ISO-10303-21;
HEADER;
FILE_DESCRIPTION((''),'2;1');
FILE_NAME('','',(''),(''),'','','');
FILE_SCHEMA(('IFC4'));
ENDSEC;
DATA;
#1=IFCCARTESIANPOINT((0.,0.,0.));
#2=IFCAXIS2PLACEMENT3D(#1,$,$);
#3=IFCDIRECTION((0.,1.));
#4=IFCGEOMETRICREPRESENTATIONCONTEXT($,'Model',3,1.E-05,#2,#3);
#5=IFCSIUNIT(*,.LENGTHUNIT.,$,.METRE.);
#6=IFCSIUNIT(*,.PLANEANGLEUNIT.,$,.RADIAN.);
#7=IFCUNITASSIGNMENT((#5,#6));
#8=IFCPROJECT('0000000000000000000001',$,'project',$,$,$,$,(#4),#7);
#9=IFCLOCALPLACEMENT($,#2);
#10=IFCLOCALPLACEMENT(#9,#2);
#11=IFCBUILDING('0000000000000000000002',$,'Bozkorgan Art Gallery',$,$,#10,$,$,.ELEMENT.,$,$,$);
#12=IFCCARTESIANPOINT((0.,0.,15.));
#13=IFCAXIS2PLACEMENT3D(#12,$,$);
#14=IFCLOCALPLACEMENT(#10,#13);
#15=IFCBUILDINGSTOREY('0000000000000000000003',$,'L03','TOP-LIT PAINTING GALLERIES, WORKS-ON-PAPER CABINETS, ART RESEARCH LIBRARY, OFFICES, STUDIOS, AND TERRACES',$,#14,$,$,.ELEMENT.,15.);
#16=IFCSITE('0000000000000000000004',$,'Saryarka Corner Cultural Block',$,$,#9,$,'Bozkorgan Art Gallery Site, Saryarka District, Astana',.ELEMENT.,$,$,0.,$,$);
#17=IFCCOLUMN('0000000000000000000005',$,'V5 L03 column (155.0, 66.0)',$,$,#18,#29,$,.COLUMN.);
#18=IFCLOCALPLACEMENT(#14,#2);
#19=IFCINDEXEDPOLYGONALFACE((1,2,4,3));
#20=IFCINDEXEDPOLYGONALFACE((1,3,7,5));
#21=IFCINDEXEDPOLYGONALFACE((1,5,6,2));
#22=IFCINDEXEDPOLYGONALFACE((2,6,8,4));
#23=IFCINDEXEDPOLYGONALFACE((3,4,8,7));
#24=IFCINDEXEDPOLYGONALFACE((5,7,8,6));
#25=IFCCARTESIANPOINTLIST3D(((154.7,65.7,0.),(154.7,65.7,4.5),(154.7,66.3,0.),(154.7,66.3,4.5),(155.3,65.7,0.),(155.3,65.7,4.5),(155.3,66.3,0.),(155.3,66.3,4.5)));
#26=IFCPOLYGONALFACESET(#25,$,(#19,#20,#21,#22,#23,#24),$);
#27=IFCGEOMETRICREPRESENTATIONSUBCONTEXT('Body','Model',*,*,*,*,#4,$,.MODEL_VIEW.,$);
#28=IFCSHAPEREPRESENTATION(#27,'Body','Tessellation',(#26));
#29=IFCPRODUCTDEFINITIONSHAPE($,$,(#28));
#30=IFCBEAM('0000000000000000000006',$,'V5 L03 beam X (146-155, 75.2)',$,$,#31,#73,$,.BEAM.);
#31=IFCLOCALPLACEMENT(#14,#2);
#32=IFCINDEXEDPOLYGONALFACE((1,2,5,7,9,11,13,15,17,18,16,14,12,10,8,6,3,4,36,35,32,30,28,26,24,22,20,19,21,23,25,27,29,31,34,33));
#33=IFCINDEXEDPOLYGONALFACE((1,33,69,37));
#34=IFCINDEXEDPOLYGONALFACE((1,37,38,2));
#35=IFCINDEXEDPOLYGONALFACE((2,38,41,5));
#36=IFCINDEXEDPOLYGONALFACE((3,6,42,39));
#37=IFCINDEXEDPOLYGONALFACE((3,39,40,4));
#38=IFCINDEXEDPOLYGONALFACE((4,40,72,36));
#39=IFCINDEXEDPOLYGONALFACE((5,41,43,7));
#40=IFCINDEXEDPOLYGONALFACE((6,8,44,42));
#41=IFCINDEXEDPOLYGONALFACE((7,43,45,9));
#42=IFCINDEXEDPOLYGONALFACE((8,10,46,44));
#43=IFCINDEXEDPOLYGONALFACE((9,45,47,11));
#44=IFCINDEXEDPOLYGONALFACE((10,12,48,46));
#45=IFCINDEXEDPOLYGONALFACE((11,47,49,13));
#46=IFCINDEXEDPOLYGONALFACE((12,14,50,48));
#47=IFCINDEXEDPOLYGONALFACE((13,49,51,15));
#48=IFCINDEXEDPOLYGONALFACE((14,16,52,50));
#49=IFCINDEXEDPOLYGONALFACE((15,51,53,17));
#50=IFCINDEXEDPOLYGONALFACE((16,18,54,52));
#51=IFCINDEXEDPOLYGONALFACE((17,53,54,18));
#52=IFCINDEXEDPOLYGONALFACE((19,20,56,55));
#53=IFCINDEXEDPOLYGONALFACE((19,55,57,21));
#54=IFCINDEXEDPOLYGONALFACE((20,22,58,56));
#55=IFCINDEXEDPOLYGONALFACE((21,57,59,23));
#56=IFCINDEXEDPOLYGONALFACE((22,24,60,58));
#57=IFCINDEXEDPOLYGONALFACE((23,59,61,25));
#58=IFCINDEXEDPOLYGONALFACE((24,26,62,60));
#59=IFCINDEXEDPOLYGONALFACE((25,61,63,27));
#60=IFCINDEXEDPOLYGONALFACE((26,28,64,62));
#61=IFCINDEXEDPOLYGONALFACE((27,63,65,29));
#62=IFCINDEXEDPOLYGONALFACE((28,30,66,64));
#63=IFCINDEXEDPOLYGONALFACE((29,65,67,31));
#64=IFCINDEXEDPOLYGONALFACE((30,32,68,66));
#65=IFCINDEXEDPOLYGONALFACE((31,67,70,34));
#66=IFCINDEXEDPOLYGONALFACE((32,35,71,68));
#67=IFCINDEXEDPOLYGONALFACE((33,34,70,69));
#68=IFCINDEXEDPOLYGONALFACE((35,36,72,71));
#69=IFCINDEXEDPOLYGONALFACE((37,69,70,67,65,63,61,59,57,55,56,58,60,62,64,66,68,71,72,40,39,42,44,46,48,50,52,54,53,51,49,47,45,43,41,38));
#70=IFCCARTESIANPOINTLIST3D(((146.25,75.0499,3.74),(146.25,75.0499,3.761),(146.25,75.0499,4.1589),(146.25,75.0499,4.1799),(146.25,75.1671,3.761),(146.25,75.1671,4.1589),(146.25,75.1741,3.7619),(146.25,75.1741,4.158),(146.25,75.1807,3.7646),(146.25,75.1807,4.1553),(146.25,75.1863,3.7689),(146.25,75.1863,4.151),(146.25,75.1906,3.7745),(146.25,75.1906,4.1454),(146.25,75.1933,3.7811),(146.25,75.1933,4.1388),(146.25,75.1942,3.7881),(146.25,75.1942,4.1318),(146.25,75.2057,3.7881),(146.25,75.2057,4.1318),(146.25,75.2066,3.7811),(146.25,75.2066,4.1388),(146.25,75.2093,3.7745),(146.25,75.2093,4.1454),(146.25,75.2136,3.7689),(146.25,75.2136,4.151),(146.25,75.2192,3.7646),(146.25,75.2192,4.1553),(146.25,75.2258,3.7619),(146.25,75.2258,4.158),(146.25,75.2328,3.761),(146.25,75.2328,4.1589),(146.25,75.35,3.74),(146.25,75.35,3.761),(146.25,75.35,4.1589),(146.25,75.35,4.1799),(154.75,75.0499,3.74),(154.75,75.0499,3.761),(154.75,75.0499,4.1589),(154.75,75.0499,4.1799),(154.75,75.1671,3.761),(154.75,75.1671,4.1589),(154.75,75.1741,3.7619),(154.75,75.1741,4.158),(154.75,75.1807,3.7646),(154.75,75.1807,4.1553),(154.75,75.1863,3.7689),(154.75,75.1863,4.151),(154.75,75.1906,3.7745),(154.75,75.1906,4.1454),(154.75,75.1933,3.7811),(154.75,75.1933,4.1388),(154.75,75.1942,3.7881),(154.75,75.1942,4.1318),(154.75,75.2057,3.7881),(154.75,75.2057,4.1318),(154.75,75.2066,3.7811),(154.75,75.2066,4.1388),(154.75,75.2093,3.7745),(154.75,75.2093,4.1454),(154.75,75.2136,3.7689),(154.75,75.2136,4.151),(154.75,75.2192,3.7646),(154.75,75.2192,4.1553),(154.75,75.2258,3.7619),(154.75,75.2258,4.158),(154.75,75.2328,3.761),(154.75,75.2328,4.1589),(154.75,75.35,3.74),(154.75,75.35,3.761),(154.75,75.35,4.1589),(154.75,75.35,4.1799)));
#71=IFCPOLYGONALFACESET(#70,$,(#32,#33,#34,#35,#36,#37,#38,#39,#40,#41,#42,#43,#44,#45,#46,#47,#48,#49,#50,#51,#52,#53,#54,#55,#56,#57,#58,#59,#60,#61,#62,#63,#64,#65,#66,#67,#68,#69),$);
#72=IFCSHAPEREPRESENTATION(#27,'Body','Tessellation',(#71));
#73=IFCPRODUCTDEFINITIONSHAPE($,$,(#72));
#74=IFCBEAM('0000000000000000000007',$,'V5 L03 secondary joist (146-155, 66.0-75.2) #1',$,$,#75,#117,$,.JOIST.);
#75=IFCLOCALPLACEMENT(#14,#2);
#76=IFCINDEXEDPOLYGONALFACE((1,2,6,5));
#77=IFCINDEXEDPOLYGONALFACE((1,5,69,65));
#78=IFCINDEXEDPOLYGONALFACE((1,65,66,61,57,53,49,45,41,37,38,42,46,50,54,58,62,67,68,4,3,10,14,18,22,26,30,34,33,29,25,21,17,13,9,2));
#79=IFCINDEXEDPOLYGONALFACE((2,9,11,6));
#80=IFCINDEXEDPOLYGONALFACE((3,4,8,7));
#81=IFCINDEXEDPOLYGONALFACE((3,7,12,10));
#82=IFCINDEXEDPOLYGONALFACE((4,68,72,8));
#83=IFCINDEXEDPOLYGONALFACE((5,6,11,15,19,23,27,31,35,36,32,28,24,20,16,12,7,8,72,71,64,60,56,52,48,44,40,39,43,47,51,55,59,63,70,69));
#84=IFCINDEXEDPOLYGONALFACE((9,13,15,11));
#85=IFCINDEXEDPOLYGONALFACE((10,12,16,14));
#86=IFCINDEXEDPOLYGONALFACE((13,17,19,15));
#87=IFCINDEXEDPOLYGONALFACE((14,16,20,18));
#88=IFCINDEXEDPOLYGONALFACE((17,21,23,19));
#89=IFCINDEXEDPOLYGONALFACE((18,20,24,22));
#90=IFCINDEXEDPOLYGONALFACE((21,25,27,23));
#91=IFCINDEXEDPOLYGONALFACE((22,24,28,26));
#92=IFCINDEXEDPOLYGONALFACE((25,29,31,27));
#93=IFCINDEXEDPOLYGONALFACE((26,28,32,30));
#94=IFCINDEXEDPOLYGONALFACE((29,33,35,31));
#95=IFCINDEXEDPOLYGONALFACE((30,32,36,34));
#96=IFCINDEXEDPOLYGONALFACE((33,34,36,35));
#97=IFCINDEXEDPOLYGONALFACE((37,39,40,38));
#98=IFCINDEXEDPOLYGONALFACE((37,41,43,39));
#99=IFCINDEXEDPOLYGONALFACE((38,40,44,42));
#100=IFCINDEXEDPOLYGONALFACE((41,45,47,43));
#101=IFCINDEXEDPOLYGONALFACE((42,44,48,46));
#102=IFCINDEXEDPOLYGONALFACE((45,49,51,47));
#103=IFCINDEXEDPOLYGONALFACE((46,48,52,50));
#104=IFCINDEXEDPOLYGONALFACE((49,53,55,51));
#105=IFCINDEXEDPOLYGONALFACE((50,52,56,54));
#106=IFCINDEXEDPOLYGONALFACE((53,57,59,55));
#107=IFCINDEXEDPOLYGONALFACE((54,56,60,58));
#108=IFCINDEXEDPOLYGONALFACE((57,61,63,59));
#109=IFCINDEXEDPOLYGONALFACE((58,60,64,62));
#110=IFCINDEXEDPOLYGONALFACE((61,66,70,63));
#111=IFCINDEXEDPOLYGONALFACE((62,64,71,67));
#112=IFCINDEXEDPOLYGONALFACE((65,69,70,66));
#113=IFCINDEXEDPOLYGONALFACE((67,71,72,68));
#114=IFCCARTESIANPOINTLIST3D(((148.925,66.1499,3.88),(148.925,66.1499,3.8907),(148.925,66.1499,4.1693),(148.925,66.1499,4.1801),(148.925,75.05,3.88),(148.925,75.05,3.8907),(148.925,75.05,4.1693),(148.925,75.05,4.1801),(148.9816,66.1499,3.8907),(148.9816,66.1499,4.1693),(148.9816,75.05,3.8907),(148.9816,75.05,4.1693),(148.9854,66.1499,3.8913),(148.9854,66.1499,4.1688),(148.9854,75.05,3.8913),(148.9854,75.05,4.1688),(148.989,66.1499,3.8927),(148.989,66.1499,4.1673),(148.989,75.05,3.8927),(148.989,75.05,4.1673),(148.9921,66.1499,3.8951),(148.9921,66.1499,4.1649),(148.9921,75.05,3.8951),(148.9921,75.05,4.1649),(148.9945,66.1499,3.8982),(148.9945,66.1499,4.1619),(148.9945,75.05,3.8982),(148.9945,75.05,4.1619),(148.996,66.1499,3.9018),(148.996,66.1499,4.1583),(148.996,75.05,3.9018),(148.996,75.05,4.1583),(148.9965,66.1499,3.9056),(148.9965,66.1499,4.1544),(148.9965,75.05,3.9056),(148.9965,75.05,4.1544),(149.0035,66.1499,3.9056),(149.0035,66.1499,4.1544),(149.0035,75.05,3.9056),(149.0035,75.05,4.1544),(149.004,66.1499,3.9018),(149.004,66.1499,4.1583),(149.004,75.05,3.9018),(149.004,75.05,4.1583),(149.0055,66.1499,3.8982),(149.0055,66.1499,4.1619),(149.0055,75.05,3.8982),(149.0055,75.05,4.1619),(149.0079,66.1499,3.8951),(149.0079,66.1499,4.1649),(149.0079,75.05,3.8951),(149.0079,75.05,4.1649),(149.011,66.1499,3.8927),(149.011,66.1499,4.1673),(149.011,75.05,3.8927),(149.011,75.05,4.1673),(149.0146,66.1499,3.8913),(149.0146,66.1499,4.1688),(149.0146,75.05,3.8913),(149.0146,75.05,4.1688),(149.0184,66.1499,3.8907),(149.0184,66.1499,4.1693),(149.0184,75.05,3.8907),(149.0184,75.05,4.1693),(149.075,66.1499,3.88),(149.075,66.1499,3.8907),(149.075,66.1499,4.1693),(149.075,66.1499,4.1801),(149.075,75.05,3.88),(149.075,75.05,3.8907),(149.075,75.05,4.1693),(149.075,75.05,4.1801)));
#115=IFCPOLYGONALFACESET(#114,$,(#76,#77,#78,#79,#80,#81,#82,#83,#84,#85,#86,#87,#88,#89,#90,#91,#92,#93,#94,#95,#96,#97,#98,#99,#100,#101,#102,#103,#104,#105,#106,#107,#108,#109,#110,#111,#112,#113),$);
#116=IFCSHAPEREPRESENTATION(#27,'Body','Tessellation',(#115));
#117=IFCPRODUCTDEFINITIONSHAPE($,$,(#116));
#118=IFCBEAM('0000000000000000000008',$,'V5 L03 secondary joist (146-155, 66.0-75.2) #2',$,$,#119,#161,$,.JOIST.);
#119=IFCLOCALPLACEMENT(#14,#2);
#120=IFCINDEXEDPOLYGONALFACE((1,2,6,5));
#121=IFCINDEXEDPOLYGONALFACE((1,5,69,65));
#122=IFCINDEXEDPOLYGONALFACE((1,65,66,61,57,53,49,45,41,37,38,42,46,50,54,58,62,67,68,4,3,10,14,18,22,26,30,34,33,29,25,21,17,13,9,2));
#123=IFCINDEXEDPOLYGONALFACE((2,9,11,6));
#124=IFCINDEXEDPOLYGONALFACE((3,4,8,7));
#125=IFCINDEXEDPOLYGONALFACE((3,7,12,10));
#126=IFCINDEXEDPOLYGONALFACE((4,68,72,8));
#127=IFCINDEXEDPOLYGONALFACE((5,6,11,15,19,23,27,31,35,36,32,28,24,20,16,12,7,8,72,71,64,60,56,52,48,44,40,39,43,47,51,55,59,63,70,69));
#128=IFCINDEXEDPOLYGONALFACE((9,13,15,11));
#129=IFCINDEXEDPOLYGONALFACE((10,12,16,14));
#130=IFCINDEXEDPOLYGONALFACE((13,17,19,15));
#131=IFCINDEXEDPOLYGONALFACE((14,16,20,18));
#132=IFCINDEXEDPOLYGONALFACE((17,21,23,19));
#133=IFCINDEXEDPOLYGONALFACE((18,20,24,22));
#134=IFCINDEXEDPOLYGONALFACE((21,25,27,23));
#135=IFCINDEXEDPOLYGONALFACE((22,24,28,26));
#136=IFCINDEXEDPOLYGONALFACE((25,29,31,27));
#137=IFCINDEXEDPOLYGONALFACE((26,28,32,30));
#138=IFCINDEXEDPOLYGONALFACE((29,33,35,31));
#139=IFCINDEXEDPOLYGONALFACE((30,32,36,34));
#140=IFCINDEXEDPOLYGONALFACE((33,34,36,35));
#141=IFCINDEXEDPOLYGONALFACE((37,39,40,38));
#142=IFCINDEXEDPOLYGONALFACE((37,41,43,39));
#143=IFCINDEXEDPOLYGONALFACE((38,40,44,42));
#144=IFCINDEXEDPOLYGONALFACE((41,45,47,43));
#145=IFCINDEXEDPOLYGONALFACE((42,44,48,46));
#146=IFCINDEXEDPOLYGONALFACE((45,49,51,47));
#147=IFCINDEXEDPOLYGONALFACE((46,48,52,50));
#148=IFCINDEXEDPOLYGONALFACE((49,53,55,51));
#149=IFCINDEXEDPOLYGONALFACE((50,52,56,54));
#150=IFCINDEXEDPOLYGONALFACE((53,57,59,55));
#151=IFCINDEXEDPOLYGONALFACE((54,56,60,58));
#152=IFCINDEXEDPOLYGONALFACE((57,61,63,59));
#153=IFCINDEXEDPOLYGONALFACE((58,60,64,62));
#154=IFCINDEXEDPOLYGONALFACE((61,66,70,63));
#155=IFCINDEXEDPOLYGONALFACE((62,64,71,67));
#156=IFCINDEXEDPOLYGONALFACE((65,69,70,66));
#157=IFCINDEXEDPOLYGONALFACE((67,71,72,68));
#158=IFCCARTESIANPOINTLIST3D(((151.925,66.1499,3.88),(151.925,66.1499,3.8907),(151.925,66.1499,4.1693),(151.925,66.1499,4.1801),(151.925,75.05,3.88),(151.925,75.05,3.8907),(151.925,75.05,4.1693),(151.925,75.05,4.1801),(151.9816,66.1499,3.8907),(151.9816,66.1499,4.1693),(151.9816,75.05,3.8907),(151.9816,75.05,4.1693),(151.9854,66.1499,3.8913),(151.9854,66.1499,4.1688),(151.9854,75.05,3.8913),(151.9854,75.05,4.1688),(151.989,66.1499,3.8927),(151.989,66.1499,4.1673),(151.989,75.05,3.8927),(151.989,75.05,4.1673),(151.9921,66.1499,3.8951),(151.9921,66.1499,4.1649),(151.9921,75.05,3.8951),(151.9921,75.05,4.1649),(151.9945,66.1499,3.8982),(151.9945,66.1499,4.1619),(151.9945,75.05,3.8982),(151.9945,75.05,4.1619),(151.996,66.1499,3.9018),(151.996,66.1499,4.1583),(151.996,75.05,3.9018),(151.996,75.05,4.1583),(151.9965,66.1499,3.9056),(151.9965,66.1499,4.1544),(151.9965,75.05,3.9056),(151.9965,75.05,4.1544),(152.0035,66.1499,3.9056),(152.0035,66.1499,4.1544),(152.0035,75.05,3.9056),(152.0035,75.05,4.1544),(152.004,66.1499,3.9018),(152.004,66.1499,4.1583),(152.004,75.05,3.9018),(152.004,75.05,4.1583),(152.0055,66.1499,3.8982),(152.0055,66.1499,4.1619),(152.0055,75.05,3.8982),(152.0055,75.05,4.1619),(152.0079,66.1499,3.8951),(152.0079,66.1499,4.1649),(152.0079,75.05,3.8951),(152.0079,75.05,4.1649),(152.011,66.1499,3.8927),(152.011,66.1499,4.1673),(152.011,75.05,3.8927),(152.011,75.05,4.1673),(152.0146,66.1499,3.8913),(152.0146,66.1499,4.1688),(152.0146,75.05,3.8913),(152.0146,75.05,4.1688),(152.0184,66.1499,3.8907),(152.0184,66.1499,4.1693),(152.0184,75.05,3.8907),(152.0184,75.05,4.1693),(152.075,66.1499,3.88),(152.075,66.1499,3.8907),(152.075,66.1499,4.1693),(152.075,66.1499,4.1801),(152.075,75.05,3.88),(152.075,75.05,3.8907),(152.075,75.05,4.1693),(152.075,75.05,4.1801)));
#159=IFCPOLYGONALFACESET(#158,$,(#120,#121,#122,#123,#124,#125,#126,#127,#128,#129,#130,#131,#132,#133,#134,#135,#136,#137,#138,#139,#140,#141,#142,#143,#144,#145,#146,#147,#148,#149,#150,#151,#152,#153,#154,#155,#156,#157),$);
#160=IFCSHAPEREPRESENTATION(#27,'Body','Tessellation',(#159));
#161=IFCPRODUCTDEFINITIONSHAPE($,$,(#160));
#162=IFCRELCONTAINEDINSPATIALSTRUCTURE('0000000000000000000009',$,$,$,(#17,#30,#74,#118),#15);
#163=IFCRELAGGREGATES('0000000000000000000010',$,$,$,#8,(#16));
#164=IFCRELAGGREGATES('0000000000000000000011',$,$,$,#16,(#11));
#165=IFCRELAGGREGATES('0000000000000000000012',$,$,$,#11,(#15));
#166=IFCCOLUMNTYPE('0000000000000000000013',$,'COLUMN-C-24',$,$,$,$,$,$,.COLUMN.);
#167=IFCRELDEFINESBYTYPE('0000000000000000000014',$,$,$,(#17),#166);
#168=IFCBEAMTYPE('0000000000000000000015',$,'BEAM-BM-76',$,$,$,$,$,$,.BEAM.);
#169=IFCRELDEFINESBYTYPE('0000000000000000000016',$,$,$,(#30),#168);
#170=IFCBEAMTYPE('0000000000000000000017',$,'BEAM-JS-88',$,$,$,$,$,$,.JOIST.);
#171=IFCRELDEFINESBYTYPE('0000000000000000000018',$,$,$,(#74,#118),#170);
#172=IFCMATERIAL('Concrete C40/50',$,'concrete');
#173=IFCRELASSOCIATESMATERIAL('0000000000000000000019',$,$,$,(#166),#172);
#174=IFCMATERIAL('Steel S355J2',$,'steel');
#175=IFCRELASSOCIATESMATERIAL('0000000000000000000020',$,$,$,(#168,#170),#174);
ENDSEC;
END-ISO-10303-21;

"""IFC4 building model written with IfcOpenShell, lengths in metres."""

from ifc_helpers import new_model, si_unit, direction, frame, origin, origin_2d, place, context, subcontext, project, spatial, rectangle, i_section, extrude, material, material_profile, profile_set, type_object, element, save


model = new_model("IFC4")

# Units and contexts
model_context = context("Model", 3, precision=1e-05, world=origin(), true_north=direction((0.0, 1.0)))
body_context = subcontext(model_context, "Body", "Model", "MODEL_VIEW")
ifc_project = project(units=[si_unit("LENGTHUNIT", "METRE"), si_unit("PLANEANGLEUNIT", "RADIAN")], contexts=[model_context])

# Site, building, storey
site_placement = place(None, origin())
site = spatial("IfcSite", under=ifc_project, at=site_placement, Name="Saryarka Corner Cultural Block", LongName="Bozkorgan Art Gallery Site, Saryarka District, Astana", CompositionType="ELEMENT", RefElevation=0.0)
building_placement = place(site_placement, origin())
building = spatial("IfcBuilding", under=site, at=building_placement, Name="Bozkorgan Art Gallery", CompositionType="ELEMENT")
storey_placement = place(building_placement, frame((0.0, 0.0, 15.0)))
storey = spatial("IfcBuildingStorey", under=building, at=storey_placement, Name="L03", Description="TOP-LIT PAINTING GALLERIES, WORKS-ON-PAPER CABINETS, ART RESEARCH LIBRARY, OFFICES, STUDIOS, AND TERRACES", CompositionType="ELEMENT", Elevation=15.0)

# Column
ifc_material_1 = material(Name="Concrete C40/50", Category="concrete")
ifc_material_profile_1 = material_profile(ifc_material_1, rectangle(XDim=0.6001, YDim=0.6001, at=origin_2d()), Name="RC 600x600")
ifc_profile_set_1 = profile_set([ifc_material_profile_1], Name="Concrete C40/50")
column_type = type_object("IfcColumnType", Name="COLUMN-C-24", PredefinedType="COLUMN", material=ifc_profile_set_1)
column_placement = place(storey_placement, frame((155.0, 66.0, 0.0), z_axis=(0.0, 0.0, 1.0), x_axis=(1.0, 0.0, 0.0)))
element("IfcColumn", 1, at=column_placement, inside=storey, type_object=column_type, Name="V5 L03 column (155.0, 66.0)", PredefinedType="COLUMN", context=body_context, shape_type="SweptSolid", body=[
    extrude(rectangle(XDim=0.6001, YDim=0.6001, at=origin_2d()), origin(), (0.0, 0.0, 1.0), 4.5),
])

# Beams
ifc_material_2 = material(Name="Steel S355J2", Category="steel")
ifc_material_profile_2 = material_profile(ifc_material_2, i_section(OverallWidth=0.3, OverallDepth=0.4399, WebThickness=0.0115, FlangeThickness=0.021, FilletRadius=0.0271, at=origin_2d()), Name="HEA 450")
ifc_profile_set_2 = profile_set([ifc_material_profile_2], Name="Steel S355J2")
beam_type_1 = type_object("IfcBeamType", Name="BEAM-BM-76", PredefinedType="BEAM", material=ifc_profile_set_2)
beam_1_placement = place(storey_placement, frame((146.25, 75.2, 3.96), z_axis=(1.0, 0.0, 0.0), x_axis=(0.0, 1.0, 0.0)))
element("IfcBeam", 2, at=beam_1_placement, inside=storey, type_object=beam_type_1, Name="V5 L03 beam X (146-155, 75.2)", PredefinedType="BEAM", context=body_context, shape_type="SweptSolid", body=[
    extrude(i_section(OverallWidth=0.3, OverallDepth=0.4399, WebThickness=0.0115, FlangeThickness=0.021, FilletRadius=0.0271, at=origin_2d()), origin(), (0.0, 0.0, 1.0), 8.5),
])
ifc_material_profile_3 = material_profile(ifc_material_2, i_section(OverallWidth=0.1499, OverallDepth=0.3, WebThickness=0.0071, FlangeThickness=0.0107, FilletRadius=0.0149, at=origin_2d()), Name="IPE 300")
ifc_profile_set_3 = profile_set([ifc_material_profile_3], Name="Steel S355J2")
beam_type_2 = type_object("IfcBeamType", Name="BEAM-JS-88", PredefinedType="JOIST", material=ifc_profile_set_3)
for number, where, z_axis, x_axis, name in (
    (3, (149.0, 66.1499, 4.03), (0.0, 1.0, 0.0), (-1.0, 0.0, 0.0), "V5 L03 secondary joist (146-155, 66.0-75.2) #1"),
    (4, (152.0, 66.1499, 4.03), (0.0, 1.0, 0.0), (-1.0, 0.0, 0.0), "V5 L03 secondary joist (146-155, 66.0-75.2) #2"),
):
    element("IfcBeam", number, at=place(storey_placement, frame(where, z_axis=z_axis, x_axis=x_axis)), inside=storey, type_object=beam_type_2, Name=name, PredefinedType="JOIST", context=body_context, shape_type="SweptSolid", body=[
        extrude(i_section(OverallWidth=0.1499, OverallDepth=0.3, WebThickness=0.0071, FlangeThickness=0.0107, FilletRadius=0.0149, at=origin_2d()), origin(), (0.0, 0.0, 1.0), 8.9001),
    ])

save(model, "model.ifc")
